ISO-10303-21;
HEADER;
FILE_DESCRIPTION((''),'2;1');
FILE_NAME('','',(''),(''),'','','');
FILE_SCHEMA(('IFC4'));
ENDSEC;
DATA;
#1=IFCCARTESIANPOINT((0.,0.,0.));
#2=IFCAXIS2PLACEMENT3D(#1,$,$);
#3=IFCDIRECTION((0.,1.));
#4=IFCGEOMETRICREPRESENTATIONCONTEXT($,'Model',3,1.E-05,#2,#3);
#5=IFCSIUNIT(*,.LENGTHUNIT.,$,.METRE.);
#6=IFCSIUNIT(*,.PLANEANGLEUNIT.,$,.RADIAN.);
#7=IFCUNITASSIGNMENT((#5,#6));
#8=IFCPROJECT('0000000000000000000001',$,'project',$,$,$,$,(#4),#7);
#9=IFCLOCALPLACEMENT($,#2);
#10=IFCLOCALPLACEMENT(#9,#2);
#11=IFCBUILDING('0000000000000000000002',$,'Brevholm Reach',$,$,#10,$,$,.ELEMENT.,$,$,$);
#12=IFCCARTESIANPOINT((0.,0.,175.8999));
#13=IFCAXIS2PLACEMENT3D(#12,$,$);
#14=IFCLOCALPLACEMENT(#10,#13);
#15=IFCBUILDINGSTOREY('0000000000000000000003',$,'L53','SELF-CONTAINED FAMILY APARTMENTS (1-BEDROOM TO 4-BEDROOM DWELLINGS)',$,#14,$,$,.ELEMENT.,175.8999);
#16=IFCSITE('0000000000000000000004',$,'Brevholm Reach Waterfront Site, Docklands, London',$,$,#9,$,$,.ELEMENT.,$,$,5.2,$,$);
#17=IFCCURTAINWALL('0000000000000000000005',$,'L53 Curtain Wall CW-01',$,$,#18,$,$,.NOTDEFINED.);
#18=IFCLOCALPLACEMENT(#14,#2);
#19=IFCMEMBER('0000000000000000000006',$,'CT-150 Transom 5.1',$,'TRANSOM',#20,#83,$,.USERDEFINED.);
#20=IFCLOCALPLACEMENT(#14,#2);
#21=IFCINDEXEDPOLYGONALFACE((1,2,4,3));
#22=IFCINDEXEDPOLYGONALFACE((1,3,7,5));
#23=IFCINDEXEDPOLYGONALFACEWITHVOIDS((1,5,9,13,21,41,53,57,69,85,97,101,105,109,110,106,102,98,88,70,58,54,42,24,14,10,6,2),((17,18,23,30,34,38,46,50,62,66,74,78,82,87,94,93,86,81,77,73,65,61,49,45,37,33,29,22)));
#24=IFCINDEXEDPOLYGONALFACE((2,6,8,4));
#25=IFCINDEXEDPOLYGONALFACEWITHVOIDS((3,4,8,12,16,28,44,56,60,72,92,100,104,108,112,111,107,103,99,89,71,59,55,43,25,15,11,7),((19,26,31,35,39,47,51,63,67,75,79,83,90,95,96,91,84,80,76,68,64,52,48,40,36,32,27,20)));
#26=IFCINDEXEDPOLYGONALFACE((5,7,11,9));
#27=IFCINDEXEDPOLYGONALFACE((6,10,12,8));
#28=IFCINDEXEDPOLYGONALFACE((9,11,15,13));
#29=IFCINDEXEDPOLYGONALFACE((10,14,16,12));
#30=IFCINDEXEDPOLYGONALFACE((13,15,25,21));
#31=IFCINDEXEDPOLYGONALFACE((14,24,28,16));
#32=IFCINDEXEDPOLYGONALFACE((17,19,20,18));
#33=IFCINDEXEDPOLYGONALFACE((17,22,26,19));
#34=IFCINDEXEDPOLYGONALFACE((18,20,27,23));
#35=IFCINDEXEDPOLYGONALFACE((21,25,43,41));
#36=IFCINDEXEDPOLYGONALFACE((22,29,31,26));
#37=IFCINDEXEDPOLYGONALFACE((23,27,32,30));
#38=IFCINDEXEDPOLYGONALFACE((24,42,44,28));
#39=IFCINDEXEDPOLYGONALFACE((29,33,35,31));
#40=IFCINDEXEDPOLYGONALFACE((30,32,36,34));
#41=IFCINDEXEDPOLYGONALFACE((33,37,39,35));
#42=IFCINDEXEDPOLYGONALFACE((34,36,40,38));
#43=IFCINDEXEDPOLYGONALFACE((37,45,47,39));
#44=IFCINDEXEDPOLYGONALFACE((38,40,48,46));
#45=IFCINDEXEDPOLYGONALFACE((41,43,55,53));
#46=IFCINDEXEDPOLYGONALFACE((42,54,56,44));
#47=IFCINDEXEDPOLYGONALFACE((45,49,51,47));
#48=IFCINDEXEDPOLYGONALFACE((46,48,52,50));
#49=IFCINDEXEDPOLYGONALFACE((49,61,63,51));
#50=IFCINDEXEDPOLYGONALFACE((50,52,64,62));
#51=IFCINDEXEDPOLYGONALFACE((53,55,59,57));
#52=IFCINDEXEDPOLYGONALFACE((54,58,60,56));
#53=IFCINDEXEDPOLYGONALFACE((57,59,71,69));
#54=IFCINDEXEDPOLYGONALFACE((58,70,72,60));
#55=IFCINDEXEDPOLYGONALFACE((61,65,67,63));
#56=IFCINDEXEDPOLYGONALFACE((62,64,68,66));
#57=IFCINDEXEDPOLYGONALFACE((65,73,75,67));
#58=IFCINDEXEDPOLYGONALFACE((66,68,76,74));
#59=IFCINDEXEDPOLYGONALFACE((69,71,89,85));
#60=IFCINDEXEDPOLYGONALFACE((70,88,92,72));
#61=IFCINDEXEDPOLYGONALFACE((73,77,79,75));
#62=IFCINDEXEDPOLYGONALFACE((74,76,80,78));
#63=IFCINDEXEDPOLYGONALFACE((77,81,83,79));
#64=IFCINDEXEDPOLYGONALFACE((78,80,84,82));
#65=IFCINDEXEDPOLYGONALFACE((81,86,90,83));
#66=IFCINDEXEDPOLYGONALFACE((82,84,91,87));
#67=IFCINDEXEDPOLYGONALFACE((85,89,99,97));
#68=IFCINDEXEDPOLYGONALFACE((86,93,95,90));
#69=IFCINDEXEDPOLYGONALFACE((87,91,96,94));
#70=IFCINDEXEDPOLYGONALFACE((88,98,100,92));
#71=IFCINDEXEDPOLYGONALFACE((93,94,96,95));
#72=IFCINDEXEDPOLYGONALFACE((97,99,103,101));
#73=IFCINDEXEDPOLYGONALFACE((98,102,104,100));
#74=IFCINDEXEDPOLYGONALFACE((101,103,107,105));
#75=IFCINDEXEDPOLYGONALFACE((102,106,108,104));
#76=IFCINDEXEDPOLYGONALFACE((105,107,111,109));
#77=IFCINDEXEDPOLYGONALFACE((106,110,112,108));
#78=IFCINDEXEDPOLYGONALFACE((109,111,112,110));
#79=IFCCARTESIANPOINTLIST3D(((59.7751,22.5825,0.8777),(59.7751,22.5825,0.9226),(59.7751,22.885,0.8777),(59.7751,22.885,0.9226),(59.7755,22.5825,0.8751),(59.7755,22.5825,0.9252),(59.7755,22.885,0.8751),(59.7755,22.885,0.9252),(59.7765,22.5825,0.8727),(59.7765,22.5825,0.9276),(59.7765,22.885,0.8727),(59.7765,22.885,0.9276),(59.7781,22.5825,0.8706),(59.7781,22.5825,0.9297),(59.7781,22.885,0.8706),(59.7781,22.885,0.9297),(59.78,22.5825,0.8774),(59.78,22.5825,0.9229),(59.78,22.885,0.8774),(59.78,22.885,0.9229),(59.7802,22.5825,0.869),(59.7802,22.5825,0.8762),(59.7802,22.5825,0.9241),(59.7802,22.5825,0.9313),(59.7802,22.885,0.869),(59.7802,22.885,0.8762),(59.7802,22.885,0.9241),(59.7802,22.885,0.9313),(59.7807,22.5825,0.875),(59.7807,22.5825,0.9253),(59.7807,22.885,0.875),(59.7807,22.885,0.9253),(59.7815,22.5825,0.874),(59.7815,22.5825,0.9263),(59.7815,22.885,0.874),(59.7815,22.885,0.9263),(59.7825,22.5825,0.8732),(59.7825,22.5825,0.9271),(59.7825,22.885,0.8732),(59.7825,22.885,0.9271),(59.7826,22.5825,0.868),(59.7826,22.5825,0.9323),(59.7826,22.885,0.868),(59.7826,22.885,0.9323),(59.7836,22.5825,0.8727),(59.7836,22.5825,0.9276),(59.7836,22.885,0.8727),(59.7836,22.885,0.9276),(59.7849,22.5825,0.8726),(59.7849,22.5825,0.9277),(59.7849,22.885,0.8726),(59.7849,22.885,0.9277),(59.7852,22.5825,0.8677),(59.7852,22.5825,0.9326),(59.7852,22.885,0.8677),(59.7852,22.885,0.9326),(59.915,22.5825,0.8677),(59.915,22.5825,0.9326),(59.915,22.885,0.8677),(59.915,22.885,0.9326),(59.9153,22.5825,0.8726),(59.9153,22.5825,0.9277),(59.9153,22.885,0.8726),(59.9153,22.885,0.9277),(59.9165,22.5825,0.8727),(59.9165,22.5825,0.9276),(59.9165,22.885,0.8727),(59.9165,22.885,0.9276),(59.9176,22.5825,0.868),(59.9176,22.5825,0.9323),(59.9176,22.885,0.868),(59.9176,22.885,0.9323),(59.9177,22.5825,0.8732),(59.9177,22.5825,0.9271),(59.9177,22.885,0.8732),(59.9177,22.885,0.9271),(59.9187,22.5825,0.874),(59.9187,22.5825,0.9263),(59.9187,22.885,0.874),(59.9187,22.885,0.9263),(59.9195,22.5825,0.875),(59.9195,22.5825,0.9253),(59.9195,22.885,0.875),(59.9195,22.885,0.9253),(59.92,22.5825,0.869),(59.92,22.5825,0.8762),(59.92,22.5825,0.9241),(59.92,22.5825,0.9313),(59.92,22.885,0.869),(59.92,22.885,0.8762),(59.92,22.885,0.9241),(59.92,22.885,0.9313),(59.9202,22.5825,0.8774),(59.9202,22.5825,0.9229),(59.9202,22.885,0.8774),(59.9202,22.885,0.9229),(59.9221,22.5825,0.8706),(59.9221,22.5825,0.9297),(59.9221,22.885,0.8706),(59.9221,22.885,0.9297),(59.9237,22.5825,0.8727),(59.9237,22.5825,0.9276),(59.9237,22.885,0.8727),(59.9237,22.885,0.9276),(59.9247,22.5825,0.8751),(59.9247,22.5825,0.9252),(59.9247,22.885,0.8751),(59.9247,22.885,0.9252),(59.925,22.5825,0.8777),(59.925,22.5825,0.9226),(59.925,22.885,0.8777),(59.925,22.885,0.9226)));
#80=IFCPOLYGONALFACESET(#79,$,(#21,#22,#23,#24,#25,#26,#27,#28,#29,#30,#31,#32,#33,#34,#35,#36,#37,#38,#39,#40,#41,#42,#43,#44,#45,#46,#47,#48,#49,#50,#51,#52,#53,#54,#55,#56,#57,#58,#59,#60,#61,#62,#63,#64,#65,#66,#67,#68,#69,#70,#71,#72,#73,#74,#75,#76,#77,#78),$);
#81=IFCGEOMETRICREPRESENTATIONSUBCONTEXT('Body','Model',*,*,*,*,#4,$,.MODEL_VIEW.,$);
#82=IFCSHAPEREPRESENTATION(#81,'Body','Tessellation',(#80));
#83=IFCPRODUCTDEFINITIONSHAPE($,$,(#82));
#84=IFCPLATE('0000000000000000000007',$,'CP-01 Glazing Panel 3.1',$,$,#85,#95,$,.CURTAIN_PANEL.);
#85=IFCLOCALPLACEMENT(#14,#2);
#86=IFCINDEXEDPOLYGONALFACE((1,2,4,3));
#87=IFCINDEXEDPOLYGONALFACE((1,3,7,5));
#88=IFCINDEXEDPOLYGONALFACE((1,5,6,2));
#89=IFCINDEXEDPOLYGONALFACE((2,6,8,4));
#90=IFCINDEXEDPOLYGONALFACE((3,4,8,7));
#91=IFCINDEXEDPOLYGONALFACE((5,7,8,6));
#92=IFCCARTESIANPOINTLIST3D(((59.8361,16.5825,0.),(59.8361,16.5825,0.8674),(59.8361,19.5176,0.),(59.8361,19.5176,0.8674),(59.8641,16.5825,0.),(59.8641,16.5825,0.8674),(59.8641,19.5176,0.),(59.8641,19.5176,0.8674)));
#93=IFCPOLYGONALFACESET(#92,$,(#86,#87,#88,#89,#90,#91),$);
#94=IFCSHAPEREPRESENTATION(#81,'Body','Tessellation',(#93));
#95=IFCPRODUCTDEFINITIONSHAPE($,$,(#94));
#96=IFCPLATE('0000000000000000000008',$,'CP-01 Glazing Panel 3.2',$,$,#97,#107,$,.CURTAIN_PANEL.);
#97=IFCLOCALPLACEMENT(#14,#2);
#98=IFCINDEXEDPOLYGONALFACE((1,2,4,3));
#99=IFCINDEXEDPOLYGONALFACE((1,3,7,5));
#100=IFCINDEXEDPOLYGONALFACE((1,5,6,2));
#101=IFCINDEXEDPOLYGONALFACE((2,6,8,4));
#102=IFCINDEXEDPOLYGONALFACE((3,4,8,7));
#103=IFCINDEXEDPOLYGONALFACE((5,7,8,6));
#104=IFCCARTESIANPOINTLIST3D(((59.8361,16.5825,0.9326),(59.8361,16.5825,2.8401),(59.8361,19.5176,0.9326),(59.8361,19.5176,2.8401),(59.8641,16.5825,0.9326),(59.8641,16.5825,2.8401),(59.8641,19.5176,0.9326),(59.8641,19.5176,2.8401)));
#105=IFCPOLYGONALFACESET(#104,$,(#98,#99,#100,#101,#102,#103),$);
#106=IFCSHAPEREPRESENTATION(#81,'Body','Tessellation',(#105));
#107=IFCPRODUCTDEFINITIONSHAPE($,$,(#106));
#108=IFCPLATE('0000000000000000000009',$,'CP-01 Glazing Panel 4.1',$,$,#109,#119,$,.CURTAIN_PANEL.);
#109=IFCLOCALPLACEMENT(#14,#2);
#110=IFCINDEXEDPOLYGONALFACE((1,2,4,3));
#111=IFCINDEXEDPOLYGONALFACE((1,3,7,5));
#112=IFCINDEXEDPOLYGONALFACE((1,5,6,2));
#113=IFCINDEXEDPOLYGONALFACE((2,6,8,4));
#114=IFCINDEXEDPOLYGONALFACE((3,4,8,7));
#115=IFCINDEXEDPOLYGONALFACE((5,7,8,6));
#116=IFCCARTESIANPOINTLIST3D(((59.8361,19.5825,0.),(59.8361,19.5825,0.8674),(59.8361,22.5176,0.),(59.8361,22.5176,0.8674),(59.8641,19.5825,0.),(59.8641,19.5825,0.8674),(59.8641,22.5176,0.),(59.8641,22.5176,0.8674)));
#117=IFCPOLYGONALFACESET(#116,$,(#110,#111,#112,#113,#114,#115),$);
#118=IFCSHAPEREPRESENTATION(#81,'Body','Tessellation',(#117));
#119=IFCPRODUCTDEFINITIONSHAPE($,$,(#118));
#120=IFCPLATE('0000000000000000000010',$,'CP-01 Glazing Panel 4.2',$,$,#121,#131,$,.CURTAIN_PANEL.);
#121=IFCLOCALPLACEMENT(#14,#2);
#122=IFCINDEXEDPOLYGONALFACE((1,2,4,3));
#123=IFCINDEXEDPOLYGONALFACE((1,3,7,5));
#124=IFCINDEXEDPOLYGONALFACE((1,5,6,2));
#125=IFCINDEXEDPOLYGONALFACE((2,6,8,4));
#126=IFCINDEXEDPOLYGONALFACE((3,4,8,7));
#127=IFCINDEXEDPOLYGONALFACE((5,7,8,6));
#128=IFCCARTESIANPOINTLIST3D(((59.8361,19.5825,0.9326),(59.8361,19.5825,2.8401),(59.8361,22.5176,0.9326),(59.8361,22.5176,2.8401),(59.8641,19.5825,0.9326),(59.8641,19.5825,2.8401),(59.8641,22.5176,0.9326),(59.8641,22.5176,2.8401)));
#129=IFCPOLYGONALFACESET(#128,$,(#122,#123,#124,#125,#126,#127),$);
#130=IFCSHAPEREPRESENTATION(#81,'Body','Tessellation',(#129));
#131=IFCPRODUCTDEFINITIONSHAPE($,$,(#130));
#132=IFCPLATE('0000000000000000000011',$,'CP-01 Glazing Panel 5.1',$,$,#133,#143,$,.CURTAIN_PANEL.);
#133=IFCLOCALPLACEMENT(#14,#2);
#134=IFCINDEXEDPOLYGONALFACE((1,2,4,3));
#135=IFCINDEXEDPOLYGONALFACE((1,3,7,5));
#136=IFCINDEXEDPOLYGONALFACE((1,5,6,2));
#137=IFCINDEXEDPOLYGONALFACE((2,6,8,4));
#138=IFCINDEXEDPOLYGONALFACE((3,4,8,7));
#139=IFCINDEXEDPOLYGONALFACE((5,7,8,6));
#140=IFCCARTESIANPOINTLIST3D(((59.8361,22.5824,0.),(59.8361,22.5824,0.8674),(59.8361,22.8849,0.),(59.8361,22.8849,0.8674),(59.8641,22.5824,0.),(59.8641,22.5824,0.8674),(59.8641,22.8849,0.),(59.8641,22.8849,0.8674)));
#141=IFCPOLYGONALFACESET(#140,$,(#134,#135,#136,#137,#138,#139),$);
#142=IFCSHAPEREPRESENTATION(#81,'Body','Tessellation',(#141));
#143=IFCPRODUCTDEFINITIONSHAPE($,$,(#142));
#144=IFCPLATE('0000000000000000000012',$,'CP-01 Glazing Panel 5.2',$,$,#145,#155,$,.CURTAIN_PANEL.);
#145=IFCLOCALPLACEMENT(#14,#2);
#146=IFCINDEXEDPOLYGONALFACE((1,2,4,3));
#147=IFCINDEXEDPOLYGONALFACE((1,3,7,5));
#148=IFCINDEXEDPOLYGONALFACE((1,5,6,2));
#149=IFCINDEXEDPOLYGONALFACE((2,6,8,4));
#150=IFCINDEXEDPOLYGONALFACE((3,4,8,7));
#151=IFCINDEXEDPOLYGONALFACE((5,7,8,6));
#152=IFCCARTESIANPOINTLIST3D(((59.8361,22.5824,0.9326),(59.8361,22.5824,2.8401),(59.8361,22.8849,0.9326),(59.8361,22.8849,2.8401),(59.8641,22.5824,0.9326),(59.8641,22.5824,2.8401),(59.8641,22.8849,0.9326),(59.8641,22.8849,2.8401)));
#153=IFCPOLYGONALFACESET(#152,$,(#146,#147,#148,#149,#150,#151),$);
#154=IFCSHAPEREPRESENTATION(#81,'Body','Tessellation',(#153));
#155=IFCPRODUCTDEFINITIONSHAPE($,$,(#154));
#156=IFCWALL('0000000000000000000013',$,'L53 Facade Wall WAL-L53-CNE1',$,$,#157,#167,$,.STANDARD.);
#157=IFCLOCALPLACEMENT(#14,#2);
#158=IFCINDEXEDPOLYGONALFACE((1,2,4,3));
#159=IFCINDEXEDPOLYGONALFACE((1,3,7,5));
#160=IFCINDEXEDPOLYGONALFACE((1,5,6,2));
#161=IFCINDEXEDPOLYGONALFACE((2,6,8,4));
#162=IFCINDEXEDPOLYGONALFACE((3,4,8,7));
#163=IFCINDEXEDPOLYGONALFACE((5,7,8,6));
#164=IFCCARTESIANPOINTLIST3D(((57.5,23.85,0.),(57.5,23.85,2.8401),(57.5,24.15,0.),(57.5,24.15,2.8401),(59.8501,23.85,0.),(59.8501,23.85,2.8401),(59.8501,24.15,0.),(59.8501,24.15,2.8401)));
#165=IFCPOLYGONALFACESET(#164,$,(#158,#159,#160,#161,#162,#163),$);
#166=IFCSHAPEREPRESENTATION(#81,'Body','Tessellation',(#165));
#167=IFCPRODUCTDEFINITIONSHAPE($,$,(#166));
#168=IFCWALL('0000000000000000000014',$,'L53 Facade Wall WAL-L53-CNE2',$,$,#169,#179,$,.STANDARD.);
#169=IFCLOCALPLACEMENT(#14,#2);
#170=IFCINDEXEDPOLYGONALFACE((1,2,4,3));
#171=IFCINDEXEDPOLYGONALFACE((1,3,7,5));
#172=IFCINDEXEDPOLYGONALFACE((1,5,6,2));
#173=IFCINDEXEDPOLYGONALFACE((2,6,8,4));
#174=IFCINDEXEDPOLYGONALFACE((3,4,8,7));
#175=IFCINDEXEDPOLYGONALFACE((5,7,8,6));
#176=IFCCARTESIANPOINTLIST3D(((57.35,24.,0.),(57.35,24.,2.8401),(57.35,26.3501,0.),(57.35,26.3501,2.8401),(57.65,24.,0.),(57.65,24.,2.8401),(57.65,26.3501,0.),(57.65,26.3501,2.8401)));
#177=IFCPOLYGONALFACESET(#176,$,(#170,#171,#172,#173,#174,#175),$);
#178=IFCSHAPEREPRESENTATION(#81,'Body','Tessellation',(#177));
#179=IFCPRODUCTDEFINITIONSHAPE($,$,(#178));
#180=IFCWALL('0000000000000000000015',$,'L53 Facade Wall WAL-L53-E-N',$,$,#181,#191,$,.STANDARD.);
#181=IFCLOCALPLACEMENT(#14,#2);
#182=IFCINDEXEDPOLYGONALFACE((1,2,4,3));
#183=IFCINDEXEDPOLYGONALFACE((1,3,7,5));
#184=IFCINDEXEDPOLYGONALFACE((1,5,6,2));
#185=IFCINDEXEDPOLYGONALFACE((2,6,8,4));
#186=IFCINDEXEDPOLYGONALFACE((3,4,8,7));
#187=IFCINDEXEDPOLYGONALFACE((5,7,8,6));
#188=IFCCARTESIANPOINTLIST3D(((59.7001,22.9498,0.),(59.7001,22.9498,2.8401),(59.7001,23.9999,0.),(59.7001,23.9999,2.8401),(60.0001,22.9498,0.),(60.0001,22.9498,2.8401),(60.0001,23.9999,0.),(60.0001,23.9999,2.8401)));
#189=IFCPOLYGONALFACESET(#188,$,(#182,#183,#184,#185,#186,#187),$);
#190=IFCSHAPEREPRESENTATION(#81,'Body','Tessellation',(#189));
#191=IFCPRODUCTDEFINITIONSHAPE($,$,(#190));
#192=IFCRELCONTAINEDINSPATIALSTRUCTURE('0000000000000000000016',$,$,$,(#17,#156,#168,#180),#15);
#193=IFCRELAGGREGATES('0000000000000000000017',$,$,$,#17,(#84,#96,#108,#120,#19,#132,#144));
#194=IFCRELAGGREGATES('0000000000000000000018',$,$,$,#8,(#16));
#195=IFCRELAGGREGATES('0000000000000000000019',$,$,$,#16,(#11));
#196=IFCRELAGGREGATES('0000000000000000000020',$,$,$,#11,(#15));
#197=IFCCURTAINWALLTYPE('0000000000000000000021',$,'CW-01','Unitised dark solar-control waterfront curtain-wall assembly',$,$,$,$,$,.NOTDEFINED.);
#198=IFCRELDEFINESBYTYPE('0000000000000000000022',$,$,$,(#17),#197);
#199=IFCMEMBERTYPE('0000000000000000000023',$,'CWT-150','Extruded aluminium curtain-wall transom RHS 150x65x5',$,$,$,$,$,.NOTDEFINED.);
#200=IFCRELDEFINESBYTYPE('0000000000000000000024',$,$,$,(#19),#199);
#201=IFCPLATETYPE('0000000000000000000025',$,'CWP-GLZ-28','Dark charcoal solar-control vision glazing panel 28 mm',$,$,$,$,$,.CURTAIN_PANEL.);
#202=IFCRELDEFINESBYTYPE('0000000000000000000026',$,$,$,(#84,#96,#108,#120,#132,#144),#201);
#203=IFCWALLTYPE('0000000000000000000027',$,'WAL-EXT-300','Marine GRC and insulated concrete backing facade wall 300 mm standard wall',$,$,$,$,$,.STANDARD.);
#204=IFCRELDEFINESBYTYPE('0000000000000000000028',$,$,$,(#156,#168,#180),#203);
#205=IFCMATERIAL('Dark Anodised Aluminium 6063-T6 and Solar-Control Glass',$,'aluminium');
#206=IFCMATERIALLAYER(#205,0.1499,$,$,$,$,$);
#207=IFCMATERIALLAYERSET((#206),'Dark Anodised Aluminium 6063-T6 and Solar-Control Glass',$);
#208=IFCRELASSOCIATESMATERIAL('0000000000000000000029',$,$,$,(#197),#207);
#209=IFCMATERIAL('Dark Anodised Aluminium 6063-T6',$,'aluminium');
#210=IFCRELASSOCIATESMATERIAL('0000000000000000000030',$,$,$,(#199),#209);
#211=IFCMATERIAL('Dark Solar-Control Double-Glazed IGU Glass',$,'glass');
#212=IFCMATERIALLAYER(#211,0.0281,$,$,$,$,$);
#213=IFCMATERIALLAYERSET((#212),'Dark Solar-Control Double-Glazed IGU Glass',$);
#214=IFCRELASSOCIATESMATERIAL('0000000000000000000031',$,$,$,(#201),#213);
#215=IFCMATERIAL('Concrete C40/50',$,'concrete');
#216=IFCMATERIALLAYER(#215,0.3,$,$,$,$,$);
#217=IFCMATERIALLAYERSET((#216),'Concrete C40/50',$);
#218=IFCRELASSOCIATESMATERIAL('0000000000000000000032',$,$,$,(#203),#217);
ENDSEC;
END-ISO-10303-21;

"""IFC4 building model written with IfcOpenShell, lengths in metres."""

from ifc_helpers import new_model, si_unit, direction, frame, frame_2d, origin, origin_2d, place, context, subcontext, project, spatial, rectangle, hollow_rectangle, extrude, material, layer, layer_set, material_profile, profile_set, type_object, element, aggregate, save


model = new_model("IFC4")

# Units and contexts
model_context = context("Model", 3, precision=1e-05, world=origin(), true_north=direction((0.0, 1.0)))
body_context = subcontext(model_context, "Body", "Model", "MODEL_VIEW")
ifc_project = project(units=[si_unit("LENGTHUNIT", "METRE"), si_unit("PLANEANGLEUNIT", "RADIAN")], contexts=[model_context])

# Site, building, storey
site_placement = place(None, origin())
site = spatial("IfcSite", under=ifc_project, at=site_placement, Name="Brevholm Reach Waterfront Site, Docklands, London", CompositionType="ELEMENT", RefElevation=5.2)
building_placement = place(site_placement, origin())
building = spatial("IfcBuilding", under=site, at=building_placement, Name="Brevholm Reach", CompositionType="ELEMENT")
storey_placement = place(building_placement, frame((0.0, 0.0, 175.8999)))
storey = spatial("IfcBuildingStorey", under=building, at=storey_placement, Name="L53", Description="SELF-CONTAINED FAMILY APARTMENTS (1-BEDROOM TO 4-BEDROOM DWELLINGS)", CompositionType="ELEMENT", Elevation=175.8999)

# Curtain wall, member, plates
ifc_material_1 = material(Name="Dark Anodised Aluminium 6063-T6 and Solar-Control Glass", Category="aluminium")
ifc_layer_1 = layer(ifc_material_1, 0.1499)
ifc_layer_set_1 = layer_set([ifc_layer_1], Name="Dark Anodised Aluminium 6063-T6 and Solar-Control Glass")
curtain_wall_type = type_object("IfcCurtainWallType", Name="CW-01", Description="Unitised dark solar-control waterfront curtain-wall assembly", PredefinedType="NOTDEFINED", material=ifc_layer_set_1)
curtain_wall_placement = place(storey_placement, origin())
curtain_wall = element("IfcCurtainWall", 1, at=curtain_wall_placement, inside=storey, type_object=curtain_wall_type, Name="L53 Curtain Wall CW-01", PredefinedType="NOTDEFINED")
ifc_material_2 = material(Name="Dark Anodised Aluminium 6063-T6", Category="aluminium")
ifc_material_profile_1 = material_profile(ifc_material_2, hollow_rectangle(XDim=0.0649, YDim=0.1499, WallThickness=0.0049, InnerFilletRadius=0.0049, OuterFilletRadius=0.01, at=origin_2d()), Name="RHS 150x65x5")
ifc_profile_set_1 = profile_set([ifc_material_profile_1], Name="Dark Anodised Aluminium 6063-T6")
member_type_1 = type_object("IfcMemberType", Name="CWT-150", Description="Extruded aluminium curtain-wall transom RHS 150x65x5", PredefinedType="NOTDEFINED", material=ifc_profile_set_1)
member_1_placement = place(storey_placement, frame((59.8501, 22.5825, 0.9001), z_axis=(0.0, 1.0, 0.0), x_axis=(0.0, 0.0, 1.0)))
member_1 = element("IfcMember", 2, at=member_1_placement, type_object=member_type_1, Name="CT-150 Transom 5.1", ObjectType="TRANSOM", PredefinedType="USERDEFINED", context=body_context, shape_type="SweptSolid", body=[
    extrude(hollow_rectangle(XDim=0.0649, YDim=0.1499, WallThickness=0.0049, InnerFilletRadius=0.0049, OuterFilletRadius=0.01, at=origin_2d()), origin(), (0.0, 0.0, 1.0), 0.3025),
])
ifc_material_3 = material(Name="Dark Solar-Control Double-Glazed IGU Glass", Category="glass")
ifc_layer_2 = layer(ifc_material_3, 0.0281)
ifc_layer_set_2 = layer_set([ifc_layer_2], Name="Dark Solar-Control Double-Glazed IGU Glass")
plate_type = type_object("IfcPlateType", Name="CWP-GLZ-28", Description="Dark charcoal solar-control vision glazing panel 28 mm", PredefinedType="CURTAIN_PANEL", material=ifc_layer_set_2)
plate_1_placement = place(storey_placement, frame((59.8501, 18.05, 0.0), z_axis=(0.0, 0.0, 1.0), x_axis=(0.0, 1.0, 0.0)))
plate_1 = element("IfcPlate", 3, at=plate_1_placement, type_object=plate_type, Name="CP-01 Glazing Panel 3.1", PredefinedType="CURTAIN_PANEL", context=body_context, shape_type="SweptSolid", body=[
    extrude(rectangle(XDim=2.9351, YDim=0.0281, at=origin_2d()), origin(), (0.0, 0.0, 1.0), 0.8674),
])
plate_2_placement = place(storey_placement, frame((59.8501, 18.05, 0.9326), z_axis=(0.0, 0.0, 1.0), x_axis=(0.0, 1.0, 0.0)))
plate_2 = element("IfcPlate", 4, at=plate_2_placement, type_object=plate_type, Name="CP-01 Glazing Panel 3.2", PredefinedType="CURTAIN_PANEL", context=body_context, shape_type="SweptSolid", body=[
    extrude(rectangle(XDim=2.9351, YDim=0.0281, at=origin_2d()), origin(), (0.0, 0.0, 1.0), 1.9075),
])
plate_3_placement = place(storey_placement, frame((59.8501, 21.05, 0.0), z_axis=(0.0, 0.0, 1.0), x_axis=(0.0, 1.0, 0.0)))
plate_3 = element("IfcPlate", 5, at=plate_3_placement, type_object=plate_type, Name="CP-01 Glazing Panel 4.1", PredefinedType="CURTAIN_PANEL", context=body_context, shape_type="SweptSolid", body=[
    extrude(rectangle(XDim=2.9351, YDim=0.0281, at=origin_2d()), origin(), (0.0, 0.0, 1.0), 0.8674),
])
plate_4_placement = place(storey_placement, frame((59.8501, 21.05, 0.9326), z_axis=(0.0, 0.0, 1.0), x_axis=(0.0, 1.0, 0.0)))
plate_4 = element("IfcPlate", 6, at=plate_4_placement, type_object=plate_type, Name="CP-01 Glazing Panel 4.2", PredefinedType="CURTAIN_PANEL", context=body_context, shape_type="SweptSolid", body=[
    extrude(rectangle(XDim=2.9351, YDim=0.0281, at=origin_2d()), origin(), (0.0, 0.0, 1.0), 1.9075),
])
plate_5_placement = place(storey_placement, frame((59.8501, 22.7336, 0.0), z_axis=(0.0, 0.0, 1.0), x_axis=(0.0, 1.0, 0.0)))
plate_5 = element("IfcPlate", 7, at=plate_5_placement, type_object=plate_type, Name="CP-01 Glazing Panel 5.1", PredefinedType="CURTAIN_PANEL", context=body_context, shape_type="SweptSolid", body=[
    extrude(rectangle(XDim=0.3025, YDim=0.0281, at=origin_2d()), origin(), (0.0, 0.0, 1.0), 0.8674),
])
plate_6_placement = place(storey_placement, frame((59.8501, 22.7336, 0.9326), z_axis=(0.0, 0.0, 1.0), x_axis=(0.0, 1.0, 0.0)))
plate_6 = element("IfcPlate", 8, at=plate_6_placement, type_object=plate_type, Name="CP-01 Glazing Panel 5.2", PredefinedType="CURTAIN_PANEL", context=body_context, shape_type="SweptSolid", body=[
    extrude(rectangle(XDim=0.3025, YDim=0.0281, at=origin_2d()), origin(), (0.0, 0.0, 1.0), 1.9075),
])
aggregate(curtain_wall, [plate_1, plate_2, plate_3, plate_4, member_1, plate_5, plate_6])

# Walls
ifc_material_4 = material(Name="Concrete C40/50", Category="concrete")
ifc_layer_3 = layer(ifc_material_4, 0.3)
ifc_layer_set_3 = layer_set([ifc_layer_3], Name="Concrete C40/50")
wall_type_1 = type_object("IfcWallType", Name="WAL-EXT-300", Description="Marine GRC and insulated concrete backing facade wall 300 mm standard wall", PredefinedType="STANDARD", material=ifc_layer_set_3)
for number, where, z_axis, x_axis, name in (
    (9, (59.8501, 24.0, 0.0), (0.0, 0.0, 1.0), (-1.0, 0.0, 0.0), "L53 Facade Wall WAL-L53-CNE1"),
    (10, (57.5, 24.0, 0.0), (0.0, 0.0, 1.0), (0.0, 1.0, 0.0), "L53 Facade Wall WAL-L53-CNE2"),
):
    element("IfcWall", number, at=place(storey_placement, frame(where, z_axis=z_axis, x_axis=x_axis)), inside=storey, type_object=wall_type_1, Name=name, PredefinedType="STANDARD", context=body_context, shape_type="SweptSolid", body=[
        extrude(rectangle(XDim=2.3501, YDim=0.3, at=frame_2d((1.175, 0.0))), origin(), (0.0, 0.0, 1.0), 2.8401),
    ])
wall_1_placement = place(storey_placement, frame((59.8501, 22.95, 0.0), z_axis=(0.0, 0.0, 1.0), x_axis=(0.0, 1.0, 0.0)))
element("IfcWall", 11, at=wall_1_placement, inside=storey, type_object=wall_type_1, Name="L53 Facade Wall WAL-L53-E-N", PredefinedType="STANDARD", context=body_context, shape_type="SweptSolid", body=[
    extrude(rectangle(XDim=1.05, YDim=0.3, at=frame_2d((0.5249, 0.0))), origin(), (0.0, 0.0, 1.0), 2.8401),
])

save(model, "model.ifc")
